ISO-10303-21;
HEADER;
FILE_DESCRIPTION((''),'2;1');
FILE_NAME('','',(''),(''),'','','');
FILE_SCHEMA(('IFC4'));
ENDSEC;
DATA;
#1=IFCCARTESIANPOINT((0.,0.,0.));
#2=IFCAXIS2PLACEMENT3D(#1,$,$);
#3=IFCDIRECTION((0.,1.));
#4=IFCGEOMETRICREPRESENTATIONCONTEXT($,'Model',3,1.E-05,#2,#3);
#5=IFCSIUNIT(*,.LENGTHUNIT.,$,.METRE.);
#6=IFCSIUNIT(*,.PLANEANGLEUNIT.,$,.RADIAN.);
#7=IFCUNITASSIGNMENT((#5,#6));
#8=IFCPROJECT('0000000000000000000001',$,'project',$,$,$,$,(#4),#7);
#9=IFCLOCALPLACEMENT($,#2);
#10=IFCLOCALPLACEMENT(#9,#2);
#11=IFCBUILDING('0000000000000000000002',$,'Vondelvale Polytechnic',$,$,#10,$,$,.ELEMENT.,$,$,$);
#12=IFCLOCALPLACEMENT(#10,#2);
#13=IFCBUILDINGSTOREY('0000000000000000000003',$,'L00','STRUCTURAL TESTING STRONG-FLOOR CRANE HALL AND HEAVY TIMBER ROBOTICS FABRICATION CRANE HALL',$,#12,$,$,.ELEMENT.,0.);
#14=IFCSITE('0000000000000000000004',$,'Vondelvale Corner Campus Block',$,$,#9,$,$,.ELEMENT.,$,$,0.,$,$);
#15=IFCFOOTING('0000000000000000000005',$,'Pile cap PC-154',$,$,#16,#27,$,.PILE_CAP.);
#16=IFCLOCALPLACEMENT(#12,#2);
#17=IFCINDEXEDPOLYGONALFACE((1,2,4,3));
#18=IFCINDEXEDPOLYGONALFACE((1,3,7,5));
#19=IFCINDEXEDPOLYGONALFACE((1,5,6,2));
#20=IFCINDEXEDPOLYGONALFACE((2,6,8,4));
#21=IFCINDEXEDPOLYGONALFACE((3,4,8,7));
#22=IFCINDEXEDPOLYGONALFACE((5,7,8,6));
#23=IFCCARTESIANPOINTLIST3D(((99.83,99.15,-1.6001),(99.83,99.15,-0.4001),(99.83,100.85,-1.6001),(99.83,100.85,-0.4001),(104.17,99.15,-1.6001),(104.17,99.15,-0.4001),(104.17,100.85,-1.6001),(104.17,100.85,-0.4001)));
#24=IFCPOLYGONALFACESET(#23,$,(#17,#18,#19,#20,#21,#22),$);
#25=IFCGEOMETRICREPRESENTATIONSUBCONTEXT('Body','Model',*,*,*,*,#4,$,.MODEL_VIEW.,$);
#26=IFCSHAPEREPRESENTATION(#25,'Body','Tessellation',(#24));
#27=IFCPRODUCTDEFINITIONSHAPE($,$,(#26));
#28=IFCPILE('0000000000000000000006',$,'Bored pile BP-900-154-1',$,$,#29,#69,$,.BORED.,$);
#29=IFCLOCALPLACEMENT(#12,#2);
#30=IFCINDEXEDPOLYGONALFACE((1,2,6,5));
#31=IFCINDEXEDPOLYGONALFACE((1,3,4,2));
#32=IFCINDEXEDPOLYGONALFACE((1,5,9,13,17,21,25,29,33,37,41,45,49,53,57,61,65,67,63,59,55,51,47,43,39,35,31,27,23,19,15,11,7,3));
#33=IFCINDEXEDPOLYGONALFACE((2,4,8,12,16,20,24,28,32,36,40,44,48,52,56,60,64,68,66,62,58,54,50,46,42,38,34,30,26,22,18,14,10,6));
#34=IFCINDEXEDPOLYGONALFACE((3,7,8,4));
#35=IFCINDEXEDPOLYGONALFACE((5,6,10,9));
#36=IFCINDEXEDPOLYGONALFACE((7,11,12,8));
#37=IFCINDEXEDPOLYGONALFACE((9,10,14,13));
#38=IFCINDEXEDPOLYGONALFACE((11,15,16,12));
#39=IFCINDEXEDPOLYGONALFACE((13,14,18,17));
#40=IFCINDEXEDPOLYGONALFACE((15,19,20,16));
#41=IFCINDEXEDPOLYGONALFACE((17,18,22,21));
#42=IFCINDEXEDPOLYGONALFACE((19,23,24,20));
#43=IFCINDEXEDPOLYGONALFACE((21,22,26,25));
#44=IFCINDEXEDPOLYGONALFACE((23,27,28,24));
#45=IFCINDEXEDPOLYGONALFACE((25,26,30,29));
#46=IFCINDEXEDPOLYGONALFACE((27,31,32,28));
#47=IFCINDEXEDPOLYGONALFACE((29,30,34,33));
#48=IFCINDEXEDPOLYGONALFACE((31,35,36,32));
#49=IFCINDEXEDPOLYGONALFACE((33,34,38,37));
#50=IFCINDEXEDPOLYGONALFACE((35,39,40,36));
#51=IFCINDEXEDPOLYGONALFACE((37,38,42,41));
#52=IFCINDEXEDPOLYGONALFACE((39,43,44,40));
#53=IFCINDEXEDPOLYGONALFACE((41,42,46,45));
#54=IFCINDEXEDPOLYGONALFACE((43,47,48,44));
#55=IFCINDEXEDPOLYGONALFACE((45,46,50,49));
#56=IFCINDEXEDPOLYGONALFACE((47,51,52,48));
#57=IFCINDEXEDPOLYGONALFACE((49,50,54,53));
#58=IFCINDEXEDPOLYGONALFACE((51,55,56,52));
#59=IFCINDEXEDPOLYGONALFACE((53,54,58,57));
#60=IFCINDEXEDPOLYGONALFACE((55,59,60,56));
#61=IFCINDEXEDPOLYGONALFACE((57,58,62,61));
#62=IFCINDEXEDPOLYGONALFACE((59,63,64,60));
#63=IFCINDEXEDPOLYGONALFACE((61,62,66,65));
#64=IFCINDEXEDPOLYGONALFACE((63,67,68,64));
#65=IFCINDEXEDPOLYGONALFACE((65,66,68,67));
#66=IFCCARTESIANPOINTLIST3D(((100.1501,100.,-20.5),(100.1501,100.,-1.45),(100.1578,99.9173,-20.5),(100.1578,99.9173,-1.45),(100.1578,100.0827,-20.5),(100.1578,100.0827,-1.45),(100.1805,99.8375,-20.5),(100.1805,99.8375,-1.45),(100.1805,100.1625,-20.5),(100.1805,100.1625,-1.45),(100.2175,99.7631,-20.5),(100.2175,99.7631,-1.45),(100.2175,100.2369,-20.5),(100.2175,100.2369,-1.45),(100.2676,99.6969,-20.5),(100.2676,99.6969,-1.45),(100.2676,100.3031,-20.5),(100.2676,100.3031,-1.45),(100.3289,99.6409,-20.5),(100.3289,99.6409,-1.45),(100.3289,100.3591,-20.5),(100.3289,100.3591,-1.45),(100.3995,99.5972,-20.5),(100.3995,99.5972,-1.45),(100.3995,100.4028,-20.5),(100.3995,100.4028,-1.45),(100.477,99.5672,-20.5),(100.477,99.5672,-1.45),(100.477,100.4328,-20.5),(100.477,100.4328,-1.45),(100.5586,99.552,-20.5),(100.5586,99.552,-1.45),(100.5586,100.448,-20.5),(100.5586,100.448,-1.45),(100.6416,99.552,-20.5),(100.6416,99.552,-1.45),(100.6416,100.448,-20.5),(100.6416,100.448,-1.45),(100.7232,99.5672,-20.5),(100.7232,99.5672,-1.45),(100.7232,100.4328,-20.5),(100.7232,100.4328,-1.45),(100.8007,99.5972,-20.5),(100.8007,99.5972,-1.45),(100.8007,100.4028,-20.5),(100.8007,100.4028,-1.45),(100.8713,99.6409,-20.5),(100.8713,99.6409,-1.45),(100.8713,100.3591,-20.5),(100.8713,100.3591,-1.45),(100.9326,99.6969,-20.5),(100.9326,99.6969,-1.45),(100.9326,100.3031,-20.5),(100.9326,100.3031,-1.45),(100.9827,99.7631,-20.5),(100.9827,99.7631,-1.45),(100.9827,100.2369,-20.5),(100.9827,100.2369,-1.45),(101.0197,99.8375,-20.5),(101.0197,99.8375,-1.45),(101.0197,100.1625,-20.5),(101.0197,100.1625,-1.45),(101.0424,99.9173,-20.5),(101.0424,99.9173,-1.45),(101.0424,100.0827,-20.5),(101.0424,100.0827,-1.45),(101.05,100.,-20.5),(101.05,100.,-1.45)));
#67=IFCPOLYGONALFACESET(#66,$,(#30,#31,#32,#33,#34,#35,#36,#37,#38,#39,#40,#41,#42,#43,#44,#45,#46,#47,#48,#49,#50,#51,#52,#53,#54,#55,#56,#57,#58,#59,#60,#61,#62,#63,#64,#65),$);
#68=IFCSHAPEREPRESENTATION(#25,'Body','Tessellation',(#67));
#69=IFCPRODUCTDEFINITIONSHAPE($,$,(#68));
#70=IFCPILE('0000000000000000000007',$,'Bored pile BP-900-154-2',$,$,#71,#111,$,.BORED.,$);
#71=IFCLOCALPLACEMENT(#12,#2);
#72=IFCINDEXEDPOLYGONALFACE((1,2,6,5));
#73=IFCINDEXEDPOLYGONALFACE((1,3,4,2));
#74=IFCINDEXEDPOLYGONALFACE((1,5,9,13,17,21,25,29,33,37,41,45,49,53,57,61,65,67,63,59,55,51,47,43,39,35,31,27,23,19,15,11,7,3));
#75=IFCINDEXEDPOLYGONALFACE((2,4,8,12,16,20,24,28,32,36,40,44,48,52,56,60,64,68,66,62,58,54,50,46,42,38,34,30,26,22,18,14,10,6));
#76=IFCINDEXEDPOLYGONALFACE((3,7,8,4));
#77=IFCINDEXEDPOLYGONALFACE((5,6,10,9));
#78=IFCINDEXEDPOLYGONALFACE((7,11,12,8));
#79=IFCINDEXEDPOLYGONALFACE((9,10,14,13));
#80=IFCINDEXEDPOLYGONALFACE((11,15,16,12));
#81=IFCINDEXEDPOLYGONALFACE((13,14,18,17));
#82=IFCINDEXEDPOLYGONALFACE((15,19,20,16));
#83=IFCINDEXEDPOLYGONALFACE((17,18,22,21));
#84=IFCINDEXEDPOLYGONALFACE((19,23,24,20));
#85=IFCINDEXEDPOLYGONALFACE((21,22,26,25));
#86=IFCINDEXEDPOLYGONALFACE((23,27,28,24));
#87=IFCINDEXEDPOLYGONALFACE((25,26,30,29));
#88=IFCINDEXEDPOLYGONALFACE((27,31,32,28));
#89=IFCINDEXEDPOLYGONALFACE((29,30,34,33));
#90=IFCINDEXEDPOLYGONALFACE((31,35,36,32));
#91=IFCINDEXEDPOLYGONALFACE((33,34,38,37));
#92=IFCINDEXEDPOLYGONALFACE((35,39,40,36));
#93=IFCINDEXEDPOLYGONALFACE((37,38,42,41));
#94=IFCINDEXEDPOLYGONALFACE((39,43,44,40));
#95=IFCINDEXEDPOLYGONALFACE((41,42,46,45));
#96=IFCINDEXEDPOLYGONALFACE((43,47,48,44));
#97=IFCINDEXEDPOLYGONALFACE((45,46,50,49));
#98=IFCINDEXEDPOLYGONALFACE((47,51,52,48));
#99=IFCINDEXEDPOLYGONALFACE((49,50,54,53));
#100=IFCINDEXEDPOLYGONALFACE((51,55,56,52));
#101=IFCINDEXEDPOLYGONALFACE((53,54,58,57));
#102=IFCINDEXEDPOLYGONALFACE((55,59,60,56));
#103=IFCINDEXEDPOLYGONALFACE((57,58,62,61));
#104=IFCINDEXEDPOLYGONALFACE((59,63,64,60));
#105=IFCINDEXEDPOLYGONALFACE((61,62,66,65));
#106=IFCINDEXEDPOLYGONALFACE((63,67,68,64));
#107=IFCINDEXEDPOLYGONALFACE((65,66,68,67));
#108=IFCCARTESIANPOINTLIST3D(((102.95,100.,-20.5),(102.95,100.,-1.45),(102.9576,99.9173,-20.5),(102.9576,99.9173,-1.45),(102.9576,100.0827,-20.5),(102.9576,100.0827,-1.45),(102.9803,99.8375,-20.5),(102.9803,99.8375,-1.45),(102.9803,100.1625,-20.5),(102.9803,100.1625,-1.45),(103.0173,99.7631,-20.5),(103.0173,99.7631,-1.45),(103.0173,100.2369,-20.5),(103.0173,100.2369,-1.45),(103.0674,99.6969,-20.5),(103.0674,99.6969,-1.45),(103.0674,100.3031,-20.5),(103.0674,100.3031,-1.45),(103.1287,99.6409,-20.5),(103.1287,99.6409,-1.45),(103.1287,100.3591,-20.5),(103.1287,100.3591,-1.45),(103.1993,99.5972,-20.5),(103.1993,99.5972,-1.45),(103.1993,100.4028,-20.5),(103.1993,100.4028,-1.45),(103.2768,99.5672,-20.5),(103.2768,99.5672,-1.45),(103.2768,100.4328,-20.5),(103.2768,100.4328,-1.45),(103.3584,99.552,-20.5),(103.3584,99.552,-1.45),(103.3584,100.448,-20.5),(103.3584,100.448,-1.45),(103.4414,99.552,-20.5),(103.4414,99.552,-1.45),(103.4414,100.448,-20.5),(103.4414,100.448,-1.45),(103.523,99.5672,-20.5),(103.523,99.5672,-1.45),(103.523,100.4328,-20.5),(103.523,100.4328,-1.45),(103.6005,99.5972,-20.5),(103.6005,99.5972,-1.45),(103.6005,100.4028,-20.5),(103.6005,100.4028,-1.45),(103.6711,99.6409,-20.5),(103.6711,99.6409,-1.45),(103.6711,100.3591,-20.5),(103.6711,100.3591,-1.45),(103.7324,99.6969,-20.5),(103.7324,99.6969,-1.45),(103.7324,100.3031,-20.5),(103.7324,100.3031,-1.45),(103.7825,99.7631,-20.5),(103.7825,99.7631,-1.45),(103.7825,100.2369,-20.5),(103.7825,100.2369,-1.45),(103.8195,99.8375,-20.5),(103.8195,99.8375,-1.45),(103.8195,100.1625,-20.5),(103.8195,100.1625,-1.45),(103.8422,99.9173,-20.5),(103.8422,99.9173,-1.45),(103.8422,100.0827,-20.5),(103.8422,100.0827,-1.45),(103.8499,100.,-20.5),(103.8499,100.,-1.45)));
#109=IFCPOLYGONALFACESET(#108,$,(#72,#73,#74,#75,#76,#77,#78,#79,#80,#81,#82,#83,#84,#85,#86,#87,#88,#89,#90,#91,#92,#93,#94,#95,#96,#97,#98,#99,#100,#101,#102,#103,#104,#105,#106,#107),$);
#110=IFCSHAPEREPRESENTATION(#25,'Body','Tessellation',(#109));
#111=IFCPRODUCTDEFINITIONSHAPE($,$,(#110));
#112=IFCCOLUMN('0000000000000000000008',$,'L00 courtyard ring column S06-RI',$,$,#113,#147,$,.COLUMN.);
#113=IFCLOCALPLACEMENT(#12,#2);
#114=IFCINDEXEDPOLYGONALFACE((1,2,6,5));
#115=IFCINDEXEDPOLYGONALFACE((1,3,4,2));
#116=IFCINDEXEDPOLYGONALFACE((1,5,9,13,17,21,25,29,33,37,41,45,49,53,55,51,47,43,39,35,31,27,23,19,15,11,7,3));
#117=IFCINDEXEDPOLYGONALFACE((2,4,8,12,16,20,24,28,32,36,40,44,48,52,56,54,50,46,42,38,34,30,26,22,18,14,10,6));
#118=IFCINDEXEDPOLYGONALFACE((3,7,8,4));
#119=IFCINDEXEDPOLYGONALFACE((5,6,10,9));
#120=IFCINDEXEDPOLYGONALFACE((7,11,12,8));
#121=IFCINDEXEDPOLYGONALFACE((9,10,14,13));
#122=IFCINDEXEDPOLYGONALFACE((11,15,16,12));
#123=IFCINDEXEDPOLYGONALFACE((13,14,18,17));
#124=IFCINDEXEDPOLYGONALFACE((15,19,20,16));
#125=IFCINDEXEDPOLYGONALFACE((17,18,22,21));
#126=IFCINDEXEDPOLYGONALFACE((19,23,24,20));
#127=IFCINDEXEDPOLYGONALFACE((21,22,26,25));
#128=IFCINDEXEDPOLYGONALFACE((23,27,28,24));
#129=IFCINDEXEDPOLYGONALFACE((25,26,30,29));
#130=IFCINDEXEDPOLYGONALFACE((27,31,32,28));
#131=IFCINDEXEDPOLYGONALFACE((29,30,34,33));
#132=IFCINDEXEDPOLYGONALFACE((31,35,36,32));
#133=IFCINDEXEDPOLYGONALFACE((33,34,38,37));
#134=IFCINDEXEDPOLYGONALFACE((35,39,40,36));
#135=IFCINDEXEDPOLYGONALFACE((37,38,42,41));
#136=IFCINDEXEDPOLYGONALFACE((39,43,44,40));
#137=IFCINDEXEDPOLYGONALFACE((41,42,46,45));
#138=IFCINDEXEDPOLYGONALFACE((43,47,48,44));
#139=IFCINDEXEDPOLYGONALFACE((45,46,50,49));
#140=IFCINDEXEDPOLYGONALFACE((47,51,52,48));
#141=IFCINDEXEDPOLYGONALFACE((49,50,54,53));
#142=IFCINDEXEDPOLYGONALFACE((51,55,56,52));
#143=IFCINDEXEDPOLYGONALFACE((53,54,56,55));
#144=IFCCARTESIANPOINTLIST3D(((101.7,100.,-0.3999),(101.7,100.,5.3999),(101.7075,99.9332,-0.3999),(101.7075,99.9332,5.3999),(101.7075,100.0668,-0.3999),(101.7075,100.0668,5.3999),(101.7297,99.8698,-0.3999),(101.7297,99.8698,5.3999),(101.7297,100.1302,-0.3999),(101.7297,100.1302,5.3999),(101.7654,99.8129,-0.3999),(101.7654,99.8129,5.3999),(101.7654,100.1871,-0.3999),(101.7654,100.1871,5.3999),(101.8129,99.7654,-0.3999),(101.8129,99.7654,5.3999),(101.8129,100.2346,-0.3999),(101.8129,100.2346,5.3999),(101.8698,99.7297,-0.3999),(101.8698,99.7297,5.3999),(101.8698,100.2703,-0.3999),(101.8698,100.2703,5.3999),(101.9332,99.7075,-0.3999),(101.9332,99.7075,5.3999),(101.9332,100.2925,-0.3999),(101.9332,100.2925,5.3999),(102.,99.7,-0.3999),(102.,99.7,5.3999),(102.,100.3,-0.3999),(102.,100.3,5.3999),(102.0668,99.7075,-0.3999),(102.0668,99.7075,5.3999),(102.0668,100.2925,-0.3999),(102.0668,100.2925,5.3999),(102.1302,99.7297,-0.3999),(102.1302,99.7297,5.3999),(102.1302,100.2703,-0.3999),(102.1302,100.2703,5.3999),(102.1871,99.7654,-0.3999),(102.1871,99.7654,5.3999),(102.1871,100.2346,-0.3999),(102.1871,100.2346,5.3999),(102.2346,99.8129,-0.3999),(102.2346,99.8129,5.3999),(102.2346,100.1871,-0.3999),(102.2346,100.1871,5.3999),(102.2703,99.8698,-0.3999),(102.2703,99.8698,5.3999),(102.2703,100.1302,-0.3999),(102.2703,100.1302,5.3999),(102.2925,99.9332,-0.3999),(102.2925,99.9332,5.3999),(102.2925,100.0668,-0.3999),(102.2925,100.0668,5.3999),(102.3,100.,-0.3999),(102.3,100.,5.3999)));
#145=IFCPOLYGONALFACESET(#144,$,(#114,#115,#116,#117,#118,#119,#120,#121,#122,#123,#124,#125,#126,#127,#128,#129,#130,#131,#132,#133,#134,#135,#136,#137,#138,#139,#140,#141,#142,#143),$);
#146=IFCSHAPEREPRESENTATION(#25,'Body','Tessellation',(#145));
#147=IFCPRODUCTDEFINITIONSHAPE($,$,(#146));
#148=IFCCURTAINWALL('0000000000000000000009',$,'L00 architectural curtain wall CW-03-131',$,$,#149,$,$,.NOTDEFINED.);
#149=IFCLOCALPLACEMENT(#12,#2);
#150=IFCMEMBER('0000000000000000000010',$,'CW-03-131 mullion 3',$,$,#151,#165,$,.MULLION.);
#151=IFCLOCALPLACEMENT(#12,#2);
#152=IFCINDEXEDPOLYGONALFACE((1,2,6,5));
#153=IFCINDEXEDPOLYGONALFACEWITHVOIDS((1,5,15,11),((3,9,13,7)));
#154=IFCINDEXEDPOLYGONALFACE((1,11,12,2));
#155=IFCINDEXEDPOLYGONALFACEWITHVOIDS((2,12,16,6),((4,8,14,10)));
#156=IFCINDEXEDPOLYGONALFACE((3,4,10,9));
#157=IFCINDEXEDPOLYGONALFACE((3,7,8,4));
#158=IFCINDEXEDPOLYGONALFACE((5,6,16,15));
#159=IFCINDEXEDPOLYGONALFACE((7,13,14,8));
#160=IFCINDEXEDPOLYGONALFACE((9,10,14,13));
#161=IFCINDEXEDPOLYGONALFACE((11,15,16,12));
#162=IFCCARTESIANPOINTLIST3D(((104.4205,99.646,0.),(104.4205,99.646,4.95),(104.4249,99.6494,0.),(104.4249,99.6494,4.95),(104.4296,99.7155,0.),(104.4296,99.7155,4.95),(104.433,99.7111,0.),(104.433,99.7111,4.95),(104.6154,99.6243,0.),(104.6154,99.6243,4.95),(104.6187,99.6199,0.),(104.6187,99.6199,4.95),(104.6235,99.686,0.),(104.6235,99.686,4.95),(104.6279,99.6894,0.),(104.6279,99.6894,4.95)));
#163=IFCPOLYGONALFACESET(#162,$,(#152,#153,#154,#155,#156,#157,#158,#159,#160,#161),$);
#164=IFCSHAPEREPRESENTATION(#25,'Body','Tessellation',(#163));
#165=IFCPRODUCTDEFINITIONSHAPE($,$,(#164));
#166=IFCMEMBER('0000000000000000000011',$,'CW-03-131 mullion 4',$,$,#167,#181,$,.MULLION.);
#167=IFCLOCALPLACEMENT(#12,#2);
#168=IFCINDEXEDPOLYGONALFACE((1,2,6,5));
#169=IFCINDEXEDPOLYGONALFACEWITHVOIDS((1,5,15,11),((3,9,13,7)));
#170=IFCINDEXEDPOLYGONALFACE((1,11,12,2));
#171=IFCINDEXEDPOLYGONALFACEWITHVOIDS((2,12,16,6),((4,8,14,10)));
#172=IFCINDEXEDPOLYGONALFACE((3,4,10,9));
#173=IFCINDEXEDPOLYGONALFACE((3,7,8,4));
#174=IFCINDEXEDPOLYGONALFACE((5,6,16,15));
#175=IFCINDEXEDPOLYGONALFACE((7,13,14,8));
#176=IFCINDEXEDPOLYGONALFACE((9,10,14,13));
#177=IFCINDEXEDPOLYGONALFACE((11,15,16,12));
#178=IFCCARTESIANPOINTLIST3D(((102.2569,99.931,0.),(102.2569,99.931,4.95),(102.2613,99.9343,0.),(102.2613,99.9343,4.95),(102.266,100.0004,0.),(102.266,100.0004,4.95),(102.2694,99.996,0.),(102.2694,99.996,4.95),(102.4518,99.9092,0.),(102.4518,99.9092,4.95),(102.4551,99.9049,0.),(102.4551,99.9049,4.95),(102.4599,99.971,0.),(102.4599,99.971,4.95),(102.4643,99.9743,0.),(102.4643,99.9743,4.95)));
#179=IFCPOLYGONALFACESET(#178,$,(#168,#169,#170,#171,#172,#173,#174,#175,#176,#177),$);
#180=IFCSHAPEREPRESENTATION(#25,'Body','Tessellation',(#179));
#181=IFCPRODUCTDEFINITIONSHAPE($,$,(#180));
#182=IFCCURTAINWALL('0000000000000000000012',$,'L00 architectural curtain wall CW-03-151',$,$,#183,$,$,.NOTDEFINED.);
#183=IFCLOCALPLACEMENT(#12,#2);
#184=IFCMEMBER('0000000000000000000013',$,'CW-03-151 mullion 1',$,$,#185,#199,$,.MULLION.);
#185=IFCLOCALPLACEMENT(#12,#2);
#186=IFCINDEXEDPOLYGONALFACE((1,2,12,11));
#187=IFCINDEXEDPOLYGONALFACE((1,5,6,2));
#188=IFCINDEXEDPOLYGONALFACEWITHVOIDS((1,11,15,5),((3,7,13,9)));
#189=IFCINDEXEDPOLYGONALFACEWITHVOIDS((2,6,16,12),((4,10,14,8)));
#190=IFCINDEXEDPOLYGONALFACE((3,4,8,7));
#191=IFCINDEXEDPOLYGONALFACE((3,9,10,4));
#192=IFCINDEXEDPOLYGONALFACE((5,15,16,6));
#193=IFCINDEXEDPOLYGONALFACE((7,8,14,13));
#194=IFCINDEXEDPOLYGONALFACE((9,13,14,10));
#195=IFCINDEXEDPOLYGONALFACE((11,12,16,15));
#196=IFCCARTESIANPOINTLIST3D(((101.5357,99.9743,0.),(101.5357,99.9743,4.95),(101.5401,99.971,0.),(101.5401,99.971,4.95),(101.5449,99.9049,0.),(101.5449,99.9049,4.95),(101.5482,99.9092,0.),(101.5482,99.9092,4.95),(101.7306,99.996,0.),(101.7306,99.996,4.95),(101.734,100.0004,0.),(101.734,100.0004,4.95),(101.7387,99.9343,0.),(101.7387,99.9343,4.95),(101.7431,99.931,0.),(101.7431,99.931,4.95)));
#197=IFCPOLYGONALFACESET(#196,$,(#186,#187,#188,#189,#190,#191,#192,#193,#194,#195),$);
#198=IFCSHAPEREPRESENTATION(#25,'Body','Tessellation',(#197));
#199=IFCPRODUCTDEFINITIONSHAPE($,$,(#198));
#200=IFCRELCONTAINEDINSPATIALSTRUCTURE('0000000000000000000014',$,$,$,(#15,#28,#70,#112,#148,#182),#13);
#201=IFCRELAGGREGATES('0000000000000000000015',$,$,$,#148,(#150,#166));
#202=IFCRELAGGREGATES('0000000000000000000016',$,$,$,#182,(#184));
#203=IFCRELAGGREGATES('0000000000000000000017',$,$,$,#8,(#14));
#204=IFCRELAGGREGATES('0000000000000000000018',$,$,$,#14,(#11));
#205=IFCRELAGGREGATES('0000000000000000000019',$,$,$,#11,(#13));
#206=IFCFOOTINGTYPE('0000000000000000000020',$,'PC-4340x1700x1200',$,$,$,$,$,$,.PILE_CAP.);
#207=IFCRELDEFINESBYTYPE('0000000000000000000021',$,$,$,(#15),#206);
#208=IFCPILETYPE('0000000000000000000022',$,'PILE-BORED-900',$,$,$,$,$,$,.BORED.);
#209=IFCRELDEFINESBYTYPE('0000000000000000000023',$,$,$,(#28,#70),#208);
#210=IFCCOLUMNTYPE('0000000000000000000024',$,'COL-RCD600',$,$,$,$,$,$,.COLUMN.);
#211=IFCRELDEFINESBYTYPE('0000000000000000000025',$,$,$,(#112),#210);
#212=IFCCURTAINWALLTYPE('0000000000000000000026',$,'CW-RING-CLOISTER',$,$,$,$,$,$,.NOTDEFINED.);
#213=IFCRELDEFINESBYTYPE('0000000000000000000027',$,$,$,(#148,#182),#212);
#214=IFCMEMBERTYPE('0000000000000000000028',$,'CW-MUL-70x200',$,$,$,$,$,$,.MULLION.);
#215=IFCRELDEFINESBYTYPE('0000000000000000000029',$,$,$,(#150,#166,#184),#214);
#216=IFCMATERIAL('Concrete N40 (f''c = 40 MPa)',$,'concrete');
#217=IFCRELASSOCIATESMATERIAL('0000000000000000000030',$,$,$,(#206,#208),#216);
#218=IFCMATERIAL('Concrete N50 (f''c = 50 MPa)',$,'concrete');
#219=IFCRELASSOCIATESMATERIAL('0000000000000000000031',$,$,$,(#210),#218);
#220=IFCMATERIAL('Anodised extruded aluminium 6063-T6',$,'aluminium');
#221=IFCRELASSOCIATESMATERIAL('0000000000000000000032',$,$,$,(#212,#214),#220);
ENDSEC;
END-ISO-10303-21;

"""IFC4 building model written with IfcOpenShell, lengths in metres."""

from ifc_helpers import new_model, si_unit, direction, frame, origin, origin_2d, place, context, subcontext, project, spatial, rectangle, hollow_rectangle, circle, extrude, material, material_profile, profile_set, type_object, element, aggregate, save


model = new_model("IFC4")

# Units and contexts
model_context = context("Model", 3, precision=1e-05, world=origin(), true_north=direction((0.0, 1.0)))
body_context = subcontext(model_context, "Body", "Model", "MODEL_VIEW")
ifc_project = project(units=[si_unit("LENGTHUNIT", "METRE"), si_unit("PLANEANGLEUNIT", "RADIAN")], contexts=[model_context])

# Site, building, storey
site_placement = place(None, origin())
site = spatial("IfcSite", under=ifc_project, at=site_placement, Name="Vondelvale Corner Campus Block", CompositionType="ELEMENT", RefElevation=0.0)
building_placement = place(site_placement, origin())
building = spatial("IfcBuilding", under=site, at=building_placement, Name="Vondelvale Polytechnic", CompositionType="ELEMENT")
storey_placement = place(building_placement, origin())
storey = spatial("IfcBuildingStorey", under=building, at=storey_placement, Name="L00", Description="STRUCTURAL TESTING STRONG-FLOOR CRANE HALL AND HEAVY TIMBER ROBOTICS FABRICATION CRANE HALL", CompositionType="ELEMENT", Elevation=0.0)

# Footing
ifc_material_1 = material(Name="Concrete N40 (f'c = 40 MPa)", Category="concrete")
footing_type = type_object("IfcFootingType", Name="PC-4340x1700x1200", PredefinedType="PILE_CAP", material=ifc_material_1)
footing_placement = place(storey_placement, frame((102.0, 100.0, -1.6001), z_axis=(0.0, 0.0, 1.0), x_axis=(1.0, 0.0, 0.0)))
element("IfcFooting", 1, at=footing_placement, inside=storey, type_object=footing_type, Name="Pile cap PC-154", PredefinedType="PILE_CAP", context=body_context, shape_type="SweptSolid", body=[
    extrude(rectangle(XDim=4.3401, YDim=1.7, at=origin_2d()), origin(), (0.0, 0.0, 1.0), 1.2),
])

# Piles
ifc_material_profile_1 = material_profile(ifc_material_1, circle(Radius=0.45, at=origin_2d()), Name="PILE-D900")
ifc_profile_set_1 = profile_set([ifc_material_profile_1], Name="Concrete N40 (f'c = 40 MPa)")
pile_type = type_object("IfcPileType", Name="PILE-BORED-900", PredefinedType="BORED", material=ifc_profile_set_1)
for number, where, z_axis, x_axis, name in (
    (2, (100.6001, 100.0, -1.45), (0.0, 0.0, -1.0), (1.0, 0.0, 0.0), "Bored pile BP-900-154-1"),
    (3, (103.3999, 100.0, -1.45), (0.0, 0.0, -1.0), (1.0, 0.0, 0.0), "Bored pile BP-900-154-2"),
):
    element("IfcPile", number, at=place(storey_placement, frame(where, z_axis=z_axis, x_axis=x_axis)), inside=storey, type_object=pile_type, Name=name, PredefinedType="BORED", context=body_context, shape_type="SweptSolid", body=[
        extrude(circle(Radius=0.45, at=origin_2d()), origin(), (0.0, 0.0, 1.0), 19.05),
    ])

# Column
ifc_material_2 = material(Name="Concrete N50 (f'c = 50 MPa)", Category="concrete")
ifc_material_profile_2 = material_profile(ifc_material_2, circle(Radius=0.3, at=origin_2d()), Name="RC-COL-D600")
ifc_profile_set_2 = profile_set([ifc_material_profile_2], Name="Concrete N50 (f'c = 50 MPa)")
column_type = type_object("IfcColumnType", Name="COL-RCD600", PredefinedType="COLUMN", material=ifc_profile_set_2)
column_placement = place(storey_placement, frame((102.0, 100.0, -0.3999), z_axis=(0.0, 0.0, 1.0), x_axis=(0.0, 1.0, 0.0)))
element("IfcColumn", 4, at=column_placement, inside=storey, type_object=column_type, Name="L00 courtyard ring column S06-RI", PredefinedType="COLUMN", context=body_context, shape_type="SweptSolid", body=[
    extrude(circle(Radius=0.3, at=origin_2d()), origin(), (0.0, 0.0, 1.0), 5.7998),
])

# Curtain walls, members
ifc_material_3 = material(Name="Anodised extruded aluminium 6063-T6", Category="aluminium")
curtain_wall_type = type_object("IfcCurtainWallType", Name="CW-RING-CLOISTER", PredefinedType="NOTDEFINED", material=ifc_material_3)
curtain_wall_1_placement = place(storey_placement, origin())
curtain_wall_1 = element("IfcCurtainWall", 5, at=curtain_wall_1_placement, inside=storey, type_object=curtain_wall_type, Name="L00 architectural curtain wall CW-03-131", PredefinedType="NOTDEFINED")
ifc_material_profile_3 = material_profile(ifc_material_3, hollow_rectangle(XDim=0.0701, YDim=0.2, WallThickness=0.0039, at=origin_2d()), Name="CW-MUL-200x70")
ifc_profile_set_3 = profile_set([ifc_material_profile_3], Name="Anodised extruded aluminium 6063-T6")
member_type_1 = type_object("IfcMemberType", Name="CW-MUL-70x200", PredefinedType="MULLION", material=ifc_profile_set_3)
member_1_placement = place(storey_placement, frame((104.5242, 99.6677, 0.0), z_axis=(0.0, 0.0, 1.0), x_axis=(-0.130528, -0.991445, 0.0)))
member_1 = element("IfcMember", 6, at=member_1_placement, type_object=member_type_1, Name="CW-03-131 mullion 3", PredefinedType="MULLION", context=body_context, shape_type="SweptSolid", body=[
    extrude(hollow_rectangle(XDim=0.0701, YDim=0.2, WallThickness=0.0039, at=origin_2d()), origin(), (0.0, 0.0, 1.0), 4.95),
])
member_2_placement = place(storey_placement, frame((102.3606, 99.9526, 0.0), z_axis=(0.0, 0.0, 1.0), x_axis=(-0.130528, -0.991445, 0.0)))
member_2 = element("IfcMember", 7, at=member_2_placement, type_object=member_type_1, Name="CW-03-131 mullion 4", PredefinedType="MULLION", context=body_context, shape_type="SweptSolid", body=[
    extrude(hollow_rectangle(XDim=0.0701, YDim=0.2, WallThickness=0.0039, at=origin_2d()), origin(), (0.0, 0.0, 1.0), 4.95),
])
curtain_wall_2_placement = place(storey_placement, origin())
curtain_wall_2 = element("IfcCurtainWall", 8, at=curtain_wall_2_placement, inside=storey, type_object=curtain_wall_type, Name="L00 architectural curtain wall CW-03-151", PredefinedType="NOTDEFINED")
member_3_placement = place(storey_placement, frame((101.6394, 99.9526, 0.0), z_axis=(0.0, 0.0, 1.0), x_axis=(0.130528, -0.991445, 0.0)))
member_3 = element("IfcMember", 9, at=member_3_placement, type_object=member_type_1, Name="CW-03-151 mullion 1", PredefinedType="MULLION", context=body_context, shape_type="SweptSolid", body=[
    extrude(hollow_rectangle(XDim=0.0701, YDim=0.2, WallThickness=0.0039, at=origin_2d()), origin(), (0.0, 0.0, 1.0), 4.95),
])

aggregate(curtain_wall_1, [member_1, member_2])
aggregate(curtain_wall_2, [member_3])

save(model, "model.ifc")
